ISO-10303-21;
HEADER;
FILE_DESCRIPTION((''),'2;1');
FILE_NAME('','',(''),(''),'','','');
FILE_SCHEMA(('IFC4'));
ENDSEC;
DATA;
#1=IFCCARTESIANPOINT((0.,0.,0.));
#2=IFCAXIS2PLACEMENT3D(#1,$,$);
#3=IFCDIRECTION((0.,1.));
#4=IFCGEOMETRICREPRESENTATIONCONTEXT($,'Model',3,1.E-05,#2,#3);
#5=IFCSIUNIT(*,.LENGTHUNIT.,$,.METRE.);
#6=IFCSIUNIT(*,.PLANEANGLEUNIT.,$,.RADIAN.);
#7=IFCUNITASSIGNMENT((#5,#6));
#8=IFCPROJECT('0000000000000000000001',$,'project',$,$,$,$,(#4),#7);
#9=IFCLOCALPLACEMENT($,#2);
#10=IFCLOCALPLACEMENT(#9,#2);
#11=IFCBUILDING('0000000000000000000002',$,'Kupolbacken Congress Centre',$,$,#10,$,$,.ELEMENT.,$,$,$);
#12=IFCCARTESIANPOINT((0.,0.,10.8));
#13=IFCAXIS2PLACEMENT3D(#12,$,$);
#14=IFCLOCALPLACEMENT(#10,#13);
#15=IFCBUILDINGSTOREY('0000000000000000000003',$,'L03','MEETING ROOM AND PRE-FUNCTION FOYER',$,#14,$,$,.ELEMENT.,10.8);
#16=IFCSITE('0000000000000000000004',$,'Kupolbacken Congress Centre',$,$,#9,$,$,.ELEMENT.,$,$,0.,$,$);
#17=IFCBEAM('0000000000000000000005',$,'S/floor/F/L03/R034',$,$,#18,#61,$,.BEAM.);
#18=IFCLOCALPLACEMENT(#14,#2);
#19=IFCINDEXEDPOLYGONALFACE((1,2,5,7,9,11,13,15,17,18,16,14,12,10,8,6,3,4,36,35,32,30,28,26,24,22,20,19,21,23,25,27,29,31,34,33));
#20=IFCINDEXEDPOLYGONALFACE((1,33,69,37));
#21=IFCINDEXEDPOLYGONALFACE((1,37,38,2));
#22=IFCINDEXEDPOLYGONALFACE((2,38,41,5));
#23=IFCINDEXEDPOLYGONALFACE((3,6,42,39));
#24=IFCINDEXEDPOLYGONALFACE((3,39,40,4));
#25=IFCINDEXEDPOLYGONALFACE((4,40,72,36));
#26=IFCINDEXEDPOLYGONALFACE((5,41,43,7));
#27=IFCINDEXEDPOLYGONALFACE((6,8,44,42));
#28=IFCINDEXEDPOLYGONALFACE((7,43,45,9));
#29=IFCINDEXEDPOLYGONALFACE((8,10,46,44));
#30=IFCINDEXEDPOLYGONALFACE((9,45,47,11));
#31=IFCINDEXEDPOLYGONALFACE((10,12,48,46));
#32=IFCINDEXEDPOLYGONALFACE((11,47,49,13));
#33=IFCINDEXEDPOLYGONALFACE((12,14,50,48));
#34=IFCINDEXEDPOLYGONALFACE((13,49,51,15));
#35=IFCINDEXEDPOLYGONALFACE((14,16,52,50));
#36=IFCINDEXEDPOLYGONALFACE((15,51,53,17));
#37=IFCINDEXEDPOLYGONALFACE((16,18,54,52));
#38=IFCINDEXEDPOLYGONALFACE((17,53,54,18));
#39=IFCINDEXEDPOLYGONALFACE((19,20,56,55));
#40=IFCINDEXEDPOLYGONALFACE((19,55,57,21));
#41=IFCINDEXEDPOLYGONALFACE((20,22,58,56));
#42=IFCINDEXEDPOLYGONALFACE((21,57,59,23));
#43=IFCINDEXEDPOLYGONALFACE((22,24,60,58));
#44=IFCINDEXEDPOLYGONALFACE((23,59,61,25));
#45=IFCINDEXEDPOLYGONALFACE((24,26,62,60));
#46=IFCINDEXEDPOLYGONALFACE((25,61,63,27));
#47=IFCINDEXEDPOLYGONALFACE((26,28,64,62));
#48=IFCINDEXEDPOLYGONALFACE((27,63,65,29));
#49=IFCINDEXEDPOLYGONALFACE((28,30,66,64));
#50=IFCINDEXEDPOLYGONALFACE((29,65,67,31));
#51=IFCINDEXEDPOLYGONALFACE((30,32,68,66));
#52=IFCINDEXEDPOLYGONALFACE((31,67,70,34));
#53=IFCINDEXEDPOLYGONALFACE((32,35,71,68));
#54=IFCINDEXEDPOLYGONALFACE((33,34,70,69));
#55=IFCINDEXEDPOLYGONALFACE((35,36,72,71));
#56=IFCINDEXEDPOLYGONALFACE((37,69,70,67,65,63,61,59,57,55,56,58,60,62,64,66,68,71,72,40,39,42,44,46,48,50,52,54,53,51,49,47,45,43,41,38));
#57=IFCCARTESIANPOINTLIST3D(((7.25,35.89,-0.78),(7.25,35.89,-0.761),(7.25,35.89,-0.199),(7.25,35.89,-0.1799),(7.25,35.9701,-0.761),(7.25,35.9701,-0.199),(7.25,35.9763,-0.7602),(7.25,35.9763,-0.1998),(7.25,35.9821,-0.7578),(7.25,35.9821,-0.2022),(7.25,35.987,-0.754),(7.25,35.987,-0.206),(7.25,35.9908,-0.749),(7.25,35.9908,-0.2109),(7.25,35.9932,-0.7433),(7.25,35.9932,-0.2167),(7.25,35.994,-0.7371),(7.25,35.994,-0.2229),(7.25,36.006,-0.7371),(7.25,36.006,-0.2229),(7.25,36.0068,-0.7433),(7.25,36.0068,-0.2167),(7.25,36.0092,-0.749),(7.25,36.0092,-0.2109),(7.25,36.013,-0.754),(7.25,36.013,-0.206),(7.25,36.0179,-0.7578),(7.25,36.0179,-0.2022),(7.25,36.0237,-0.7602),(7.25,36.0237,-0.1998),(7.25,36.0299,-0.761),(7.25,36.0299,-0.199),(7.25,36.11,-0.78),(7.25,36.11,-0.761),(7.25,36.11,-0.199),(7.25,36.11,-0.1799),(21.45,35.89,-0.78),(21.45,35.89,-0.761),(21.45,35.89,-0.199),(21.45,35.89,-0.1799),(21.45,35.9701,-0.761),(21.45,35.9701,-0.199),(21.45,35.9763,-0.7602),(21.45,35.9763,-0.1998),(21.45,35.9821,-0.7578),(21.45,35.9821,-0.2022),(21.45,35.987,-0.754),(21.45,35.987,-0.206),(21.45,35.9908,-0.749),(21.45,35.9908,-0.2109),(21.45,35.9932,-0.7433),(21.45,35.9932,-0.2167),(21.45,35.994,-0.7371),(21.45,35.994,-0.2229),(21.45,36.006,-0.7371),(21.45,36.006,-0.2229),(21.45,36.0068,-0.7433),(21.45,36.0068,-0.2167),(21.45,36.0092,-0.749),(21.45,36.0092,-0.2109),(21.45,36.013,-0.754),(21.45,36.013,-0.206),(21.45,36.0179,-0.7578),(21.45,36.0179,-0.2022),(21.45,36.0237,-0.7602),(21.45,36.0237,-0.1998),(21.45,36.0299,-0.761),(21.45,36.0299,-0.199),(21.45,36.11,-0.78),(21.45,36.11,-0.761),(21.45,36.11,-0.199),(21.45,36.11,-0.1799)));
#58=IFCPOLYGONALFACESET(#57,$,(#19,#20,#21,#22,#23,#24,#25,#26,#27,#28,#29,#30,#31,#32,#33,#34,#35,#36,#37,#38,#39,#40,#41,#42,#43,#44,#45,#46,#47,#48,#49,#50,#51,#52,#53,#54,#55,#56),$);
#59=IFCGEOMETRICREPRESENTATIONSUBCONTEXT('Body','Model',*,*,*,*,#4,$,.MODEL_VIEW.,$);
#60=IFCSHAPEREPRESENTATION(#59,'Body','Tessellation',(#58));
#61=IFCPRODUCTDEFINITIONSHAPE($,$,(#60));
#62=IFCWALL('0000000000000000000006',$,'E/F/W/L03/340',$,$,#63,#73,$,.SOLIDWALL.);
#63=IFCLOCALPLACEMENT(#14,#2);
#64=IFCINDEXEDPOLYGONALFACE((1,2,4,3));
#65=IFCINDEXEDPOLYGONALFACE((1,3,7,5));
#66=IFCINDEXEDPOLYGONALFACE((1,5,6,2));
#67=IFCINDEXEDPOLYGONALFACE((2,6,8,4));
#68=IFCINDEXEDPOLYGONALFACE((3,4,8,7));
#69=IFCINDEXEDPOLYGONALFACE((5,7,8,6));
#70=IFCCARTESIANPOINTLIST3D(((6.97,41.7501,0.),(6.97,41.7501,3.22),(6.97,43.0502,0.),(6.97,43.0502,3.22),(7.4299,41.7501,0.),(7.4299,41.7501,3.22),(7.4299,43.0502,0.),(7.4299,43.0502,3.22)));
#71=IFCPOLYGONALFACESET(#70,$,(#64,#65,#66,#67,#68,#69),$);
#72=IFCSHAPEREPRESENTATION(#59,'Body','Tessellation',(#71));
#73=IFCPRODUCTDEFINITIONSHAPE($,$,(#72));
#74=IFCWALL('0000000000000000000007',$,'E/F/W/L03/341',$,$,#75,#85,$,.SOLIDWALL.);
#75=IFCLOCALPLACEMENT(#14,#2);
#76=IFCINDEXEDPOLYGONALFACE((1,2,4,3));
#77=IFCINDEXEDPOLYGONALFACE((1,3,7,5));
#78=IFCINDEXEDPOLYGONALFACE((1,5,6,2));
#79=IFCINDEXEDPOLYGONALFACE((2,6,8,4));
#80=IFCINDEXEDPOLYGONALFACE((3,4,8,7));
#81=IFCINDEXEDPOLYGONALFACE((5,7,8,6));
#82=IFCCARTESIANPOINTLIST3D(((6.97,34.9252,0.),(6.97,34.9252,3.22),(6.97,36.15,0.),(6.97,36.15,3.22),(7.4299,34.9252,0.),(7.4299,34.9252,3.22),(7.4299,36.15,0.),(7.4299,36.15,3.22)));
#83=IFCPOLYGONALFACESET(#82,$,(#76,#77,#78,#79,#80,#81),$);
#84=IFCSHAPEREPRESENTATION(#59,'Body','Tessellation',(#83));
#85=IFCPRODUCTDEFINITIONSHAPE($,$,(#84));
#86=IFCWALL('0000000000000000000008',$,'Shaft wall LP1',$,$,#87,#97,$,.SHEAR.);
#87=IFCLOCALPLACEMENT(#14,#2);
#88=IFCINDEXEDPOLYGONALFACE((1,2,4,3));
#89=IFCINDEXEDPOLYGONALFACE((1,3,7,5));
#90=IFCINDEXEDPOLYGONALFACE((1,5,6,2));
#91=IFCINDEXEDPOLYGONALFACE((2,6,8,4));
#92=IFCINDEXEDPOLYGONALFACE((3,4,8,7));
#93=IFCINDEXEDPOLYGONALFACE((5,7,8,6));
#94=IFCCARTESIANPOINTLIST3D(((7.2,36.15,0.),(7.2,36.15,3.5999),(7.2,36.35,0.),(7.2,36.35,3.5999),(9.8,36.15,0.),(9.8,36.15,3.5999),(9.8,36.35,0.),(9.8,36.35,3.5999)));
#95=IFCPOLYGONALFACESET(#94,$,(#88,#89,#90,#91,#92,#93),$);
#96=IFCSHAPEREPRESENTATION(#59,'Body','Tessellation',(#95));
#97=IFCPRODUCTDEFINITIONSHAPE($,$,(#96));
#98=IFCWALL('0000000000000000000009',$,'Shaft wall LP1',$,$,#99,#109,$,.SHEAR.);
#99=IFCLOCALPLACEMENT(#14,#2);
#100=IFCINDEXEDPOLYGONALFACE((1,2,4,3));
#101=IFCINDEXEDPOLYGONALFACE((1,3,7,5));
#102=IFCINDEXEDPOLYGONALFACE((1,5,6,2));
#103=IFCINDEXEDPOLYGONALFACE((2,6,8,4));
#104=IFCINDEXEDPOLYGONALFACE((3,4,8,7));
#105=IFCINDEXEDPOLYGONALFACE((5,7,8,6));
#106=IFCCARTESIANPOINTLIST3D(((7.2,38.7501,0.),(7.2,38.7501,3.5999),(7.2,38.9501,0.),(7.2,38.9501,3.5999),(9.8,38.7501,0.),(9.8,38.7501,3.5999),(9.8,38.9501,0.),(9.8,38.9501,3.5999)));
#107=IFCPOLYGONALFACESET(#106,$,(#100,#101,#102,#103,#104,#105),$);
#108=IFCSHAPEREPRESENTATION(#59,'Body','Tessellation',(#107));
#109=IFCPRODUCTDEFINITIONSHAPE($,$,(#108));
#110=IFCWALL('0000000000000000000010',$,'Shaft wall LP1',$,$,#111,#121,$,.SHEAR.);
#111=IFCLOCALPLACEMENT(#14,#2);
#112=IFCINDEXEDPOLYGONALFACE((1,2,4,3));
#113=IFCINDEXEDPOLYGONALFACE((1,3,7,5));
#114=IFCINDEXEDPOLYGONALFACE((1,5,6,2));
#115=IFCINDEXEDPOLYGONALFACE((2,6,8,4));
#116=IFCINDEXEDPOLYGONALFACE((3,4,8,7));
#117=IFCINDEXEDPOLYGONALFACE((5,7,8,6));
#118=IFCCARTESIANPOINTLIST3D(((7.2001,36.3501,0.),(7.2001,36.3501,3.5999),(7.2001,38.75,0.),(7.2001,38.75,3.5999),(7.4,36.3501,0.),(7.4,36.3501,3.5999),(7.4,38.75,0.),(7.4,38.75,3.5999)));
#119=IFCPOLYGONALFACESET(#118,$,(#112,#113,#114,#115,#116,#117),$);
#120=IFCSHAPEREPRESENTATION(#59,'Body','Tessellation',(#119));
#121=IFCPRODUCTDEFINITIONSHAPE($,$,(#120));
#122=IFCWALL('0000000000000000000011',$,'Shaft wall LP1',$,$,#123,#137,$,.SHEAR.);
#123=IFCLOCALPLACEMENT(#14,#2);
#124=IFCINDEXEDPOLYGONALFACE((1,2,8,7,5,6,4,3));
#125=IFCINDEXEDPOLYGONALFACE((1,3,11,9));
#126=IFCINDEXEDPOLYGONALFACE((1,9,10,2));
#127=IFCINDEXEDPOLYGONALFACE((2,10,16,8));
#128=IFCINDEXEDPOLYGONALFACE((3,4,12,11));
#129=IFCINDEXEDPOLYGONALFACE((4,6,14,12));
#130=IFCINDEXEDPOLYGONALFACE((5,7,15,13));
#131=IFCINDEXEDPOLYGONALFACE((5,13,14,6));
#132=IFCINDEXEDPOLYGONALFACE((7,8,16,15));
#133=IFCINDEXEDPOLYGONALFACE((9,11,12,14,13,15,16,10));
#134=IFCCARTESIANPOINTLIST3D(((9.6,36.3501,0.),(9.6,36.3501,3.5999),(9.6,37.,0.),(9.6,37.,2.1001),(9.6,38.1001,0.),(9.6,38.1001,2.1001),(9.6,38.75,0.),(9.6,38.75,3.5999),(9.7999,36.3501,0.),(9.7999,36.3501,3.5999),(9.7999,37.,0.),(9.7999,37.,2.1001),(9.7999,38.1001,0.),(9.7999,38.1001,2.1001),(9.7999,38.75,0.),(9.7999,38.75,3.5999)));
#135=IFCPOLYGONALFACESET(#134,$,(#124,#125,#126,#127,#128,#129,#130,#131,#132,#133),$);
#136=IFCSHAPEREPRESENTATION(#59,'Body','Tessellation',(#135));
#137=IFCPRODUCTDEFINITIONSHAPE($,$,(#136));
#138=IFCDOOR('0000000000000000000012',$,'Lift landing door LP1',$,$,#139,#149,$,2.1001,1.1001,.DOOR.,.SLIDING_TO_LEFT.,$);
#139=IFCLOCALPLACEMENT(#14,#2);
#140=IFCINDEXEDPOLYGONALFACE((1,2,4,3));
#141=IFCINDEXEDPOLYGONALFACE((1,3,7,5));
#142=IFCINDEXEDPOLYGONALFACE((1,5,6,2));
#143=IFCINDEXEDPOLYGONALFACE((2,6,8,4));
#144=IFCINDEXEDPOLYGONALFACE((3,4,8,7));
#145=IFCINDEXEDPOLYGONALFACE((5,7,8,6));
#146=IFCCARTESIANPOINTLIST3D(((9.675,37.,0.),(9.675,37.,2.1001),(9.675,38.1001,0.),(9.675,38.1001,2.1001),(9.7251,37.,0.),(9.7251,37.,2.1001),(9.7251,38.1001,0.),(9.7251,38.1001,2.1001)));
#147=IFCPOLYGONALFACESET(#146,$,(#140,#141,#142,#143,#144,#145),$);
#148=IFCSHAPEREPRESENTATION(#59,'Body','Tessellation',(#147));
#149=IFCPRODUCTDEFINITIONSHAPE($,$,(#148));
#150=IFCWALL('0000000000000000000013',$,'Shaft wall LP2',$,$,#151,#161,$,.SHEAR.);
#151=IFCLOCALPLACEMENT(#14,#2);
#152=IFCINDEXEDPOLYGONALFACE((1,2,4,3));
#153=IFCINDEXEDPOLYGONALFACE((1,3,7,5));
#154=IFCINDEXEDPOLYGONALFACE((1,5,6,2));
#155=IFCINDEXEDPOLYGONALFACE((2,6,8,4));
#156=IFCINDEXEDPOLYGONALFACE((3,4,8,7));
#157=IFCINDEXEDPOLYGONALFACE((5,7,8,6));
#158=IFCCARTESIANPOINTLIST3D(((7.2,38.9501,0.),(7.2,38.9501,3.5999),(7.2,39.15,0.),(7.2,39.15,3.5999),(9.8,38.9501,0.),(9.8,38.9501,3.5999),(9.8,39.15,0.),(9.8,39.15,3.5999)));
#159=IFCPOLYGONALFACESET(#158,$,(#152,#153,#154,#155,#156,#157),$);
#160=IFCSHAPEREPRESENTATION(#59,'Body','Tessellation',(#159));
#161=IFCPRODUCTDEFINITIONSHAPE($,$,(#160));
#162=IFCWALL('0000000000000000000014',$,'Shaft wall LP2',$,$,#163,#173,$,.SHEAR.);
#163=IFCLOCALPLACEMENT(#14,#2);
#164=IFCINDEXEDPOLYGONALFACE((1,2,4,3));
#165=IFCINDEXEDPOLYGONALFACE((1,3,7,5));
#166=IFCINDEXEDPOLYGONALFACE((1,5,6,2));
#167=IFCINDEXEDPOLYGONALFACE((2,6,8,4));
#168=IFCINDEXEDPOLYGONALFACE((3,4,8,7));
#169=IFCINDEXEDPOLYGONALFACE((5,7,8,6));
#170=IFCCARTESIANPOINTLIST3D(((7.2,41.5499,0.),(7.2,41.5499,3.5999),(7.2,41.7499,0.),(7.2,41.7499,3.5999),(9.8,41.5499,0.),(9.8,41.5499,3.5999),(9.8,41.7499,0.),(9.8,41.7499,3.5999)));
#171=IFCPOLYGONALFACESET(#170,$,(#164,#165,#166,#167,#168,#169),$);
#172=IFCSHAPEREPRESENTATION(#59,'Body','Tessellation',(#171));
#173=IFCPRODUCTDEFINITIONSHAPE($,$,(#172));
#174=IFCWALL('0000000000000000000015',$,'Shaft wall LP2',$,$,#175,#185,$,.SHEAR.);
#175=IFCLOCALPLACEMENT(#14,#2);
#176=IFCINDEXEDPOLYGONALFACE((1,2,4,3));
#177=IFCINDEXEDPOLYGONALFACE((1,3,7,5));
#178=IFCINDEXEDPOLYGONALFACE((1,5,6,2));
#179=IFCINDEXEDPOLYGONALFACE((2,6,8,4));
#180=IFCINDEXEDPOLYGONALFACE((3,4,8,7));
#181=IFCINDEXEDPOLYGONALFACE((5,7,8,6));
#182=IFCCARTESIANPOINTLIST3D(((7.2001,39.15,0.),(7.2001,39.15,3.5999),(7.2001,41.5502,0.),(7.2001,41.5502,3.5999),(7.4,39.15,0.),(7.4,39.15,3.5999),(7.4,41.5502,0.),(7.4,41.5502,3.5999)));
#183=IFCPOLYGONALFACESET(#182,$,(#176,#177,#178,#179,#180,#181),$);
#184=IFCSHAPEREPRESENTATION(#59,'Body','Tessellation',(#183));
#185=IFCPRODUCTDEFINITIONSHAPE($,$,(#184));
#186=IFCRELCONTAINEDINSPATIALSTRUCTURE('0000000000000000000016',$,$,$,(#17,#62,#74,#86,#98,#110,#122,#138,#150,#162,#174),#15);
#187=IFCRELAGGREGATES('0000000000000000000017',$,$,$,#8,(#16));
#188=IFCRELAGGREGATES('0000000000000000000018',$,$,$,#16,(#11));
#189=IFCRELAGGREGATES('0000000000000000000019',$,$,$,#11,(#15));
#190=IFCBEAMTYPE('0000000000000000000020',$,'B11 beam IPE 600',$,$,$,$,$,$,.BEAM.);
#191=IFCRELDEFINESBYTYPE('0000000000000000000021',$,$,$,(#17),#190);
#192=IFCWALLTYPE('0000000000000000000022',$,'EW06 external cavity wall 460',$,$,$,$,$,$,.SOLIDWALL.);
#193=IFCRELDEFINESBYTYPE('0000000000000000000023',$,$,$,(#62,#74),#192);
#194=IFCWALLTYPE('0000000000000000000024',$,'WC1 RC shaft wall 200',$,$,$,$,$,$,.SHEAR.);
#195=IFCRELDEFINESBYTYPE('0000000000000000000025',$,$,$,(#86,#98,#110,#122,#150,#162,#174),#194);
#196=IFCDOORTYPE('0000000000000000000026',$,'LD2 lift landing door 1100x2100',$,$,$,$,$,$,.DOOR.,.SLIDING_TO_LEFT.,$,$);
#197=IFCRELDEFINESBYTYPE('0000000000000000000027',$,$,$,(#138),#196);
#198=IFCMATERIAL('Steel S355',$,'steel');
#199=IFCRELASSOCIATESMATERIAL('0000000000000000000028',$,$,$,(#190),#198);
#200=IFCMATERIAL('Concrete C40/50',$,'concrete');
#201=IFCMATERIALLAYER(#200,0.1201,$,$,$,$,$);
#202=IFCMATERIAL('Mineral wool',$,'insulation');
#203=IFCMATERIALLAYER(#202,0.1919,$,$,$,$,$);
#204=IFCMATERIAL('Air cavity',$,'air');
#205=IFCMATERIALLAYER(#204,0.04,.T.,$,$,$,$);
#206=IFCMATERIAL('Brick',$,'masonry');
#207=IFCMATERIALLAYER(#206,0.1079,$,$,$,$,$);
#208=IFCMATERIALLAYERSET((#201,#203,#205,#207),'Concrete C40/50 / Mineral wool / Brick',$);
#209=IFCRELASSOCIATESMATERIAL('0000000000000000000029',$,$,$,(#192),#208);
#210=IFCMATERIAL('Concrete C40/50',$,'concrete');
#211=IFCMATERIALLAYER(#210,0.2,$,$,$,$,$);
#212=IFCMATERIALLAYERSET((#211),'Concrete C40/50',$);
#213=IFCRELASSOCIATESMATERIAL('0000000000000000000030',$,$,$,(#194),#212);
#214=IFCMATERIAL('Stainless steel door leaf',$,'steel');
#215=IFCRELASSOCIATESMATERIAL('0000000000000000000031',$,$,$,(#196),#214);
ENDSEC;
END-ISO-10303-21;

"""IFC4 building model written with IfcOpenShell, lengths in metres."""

from ifc_helpers import new_model, si_unit, direction, frame, frame_2d, origin, origin_2d, place, context, subcontext, project, spatial, rectangle, i_section, extrude, material, layer, layer_set, material_profile, profile_set, type_object, element, fill, save


model = new_model("IFC4")

# Units and contexts
model_context = context("Model", 3, precision=1e-05, world=origin(), true_north=direction((0.0, 1.0)))
body_context = subcontext(model_context, "Body", "Model", "MODEL_VIEW")
ifc_project = project(units=[si_unit("LENGTHUNIT", "METRE"), si_unit("PLANEANGLEUNIT", "RADIAN")], contexts=[model_context])

# Site, building, storey
site_placement = place(None, origin())
site = spatial("IfcSite", under=ifc_project, at=site_placement, Name="Kupolbacken Congress Centre", CompositionType="ELEMENT", RefElevation=0.0)
building_placement = place(site_placement, origin())
building = spatial("IfcBuilding", under=site, at=building_placement, Name="Kupolbacken Congress Centre", CompositionType="ELEMENT")
storey_placement = place(building_placement, frame((0.0, 0.0, 10.8)))
storey = spatial("IfcBuildingStorey", under=building, at=storey_placement, Name="L03", Description="MEETING ROOM AND PRE-FUNCTION FOYER", CompositionType="ELEMENT", Elevation=10.8)

# Beam
ifc_material_1 = material(Name="Steel S355", Category="steel")
ifc_material_profile_1 = material_profile(ifc_material_1, i_section(OverallWidth=0.22, OverallDepth=0.6001, WebThickness=0.012, FlangeThickness=0.019, FilletRadius=0.0239, at=origin_2d()), Name="IPE 600")
ifc_profile_set_1 = profile_set([ifc_material_profile_1], Name="Steel S355")
beam_type_1 = type_object("IfcBeamType", Name="B11 beam IPE 600", PredefinedType="BEAM", material=ifc_profile_set_1)
beam_1_placement = place(storey_placement, frame((7.25, 36.0, -0.48), z_axis=(1.0, 0.0, 0.0), x_axis=(0.0, 1.0, 0.0)))
element("IfcBeam", 1, at=beam_1_placement, inside=storey, type_object=beam_type_1, Name="S/floor/F/L03/R034", PredefinedType="BEAM", context=body_context, shape_type="SweptSolid", body=[
    extrude(i_section(OverallWidth=0.22, OverallDepth=0.6001, WebThickness=0.012, FlangeThickness=0.019, FilletRadius=0.0239, at=origin_2d()), origin(), (0.0, 0.0, 1.0), 14.2),
])

# Walls
ifc_material_2 = material(Name="Concrete C40/50", Category="concrete")
ifc_layer_1 = layer(ifc_material_2, 0.1201)
ifc_material_3 = material(Name="Mineral wool", Category="insulation")
ifc_layer_2 = layer(ifc_material_3, 0.1919)
ifc_material_4 = material(Name="Air cavity", Category="air")
ifc_layer_3 = layer(ifc_material_4, 0.04, ventilated=True)
ifc_material_5 = material(Name="Brick", Category="masonry")
ifc_layer_4 = layer(ifc_material_5, 0.1079)
ifc_layer_set_1 = layer_set([ifc_layer_1, ifc_layer_2, ifc_layer_3, ifc_layer_4], Name="Concrete C40/50 / Mineral wool / Brick")
wall_type_1 = type_object("IfcWallType", Name="EW06 external cavity wall 460", PredefinedType="SOLIDWALL", material=ifc_layer_set_1)
wall_1_placement = place(storey_placement, frame((7.2, 43.05, 0.0), z_axis=(0.0, 0.0, 1.0), x_axis=(0.0, -1.0, 0.0)))
element("IfcWall", 2, at=wall_1_placement, inside=storey, type_object=wall_type_1, Name="E/F/W/L03/340", PredefinedType="SOLIDWALL", context=body_context, shape_type="SweptSolid", body=[
    extrude(rectangle(XDim=1.3, YDim=0.46, at=frame_2d((0.6499, 0.0))), origin(), (0.0, 0.0, 1.0), 3.22),
])
wall_2_placement = place(storey_placement, frame((7.2, 36.1499, 0.0), z_axis=(0.0, 0.0, 1.0), x_axis=(0.0, -1.0, 0.0)))
element("IfcWall", 3, at=wall_2_placement, inside=storey, type_object=wall_type_1, Name="E/F/W/L03/341", PredefinedType="SOLIDWALL", context=body_context, shape_type="SweptSolid", body=[
    extrude(rectangle(XDim=1.2249, YDim=0.46, at=frame_2d((0.6123, 0.0))), origin(), (0.0, 0.0, 1.0), 3.22),
])
ifc_material_6 = material(Name="Concrete C40/50", Category="concrete")
ifc_layer_5 = layer(ifc_material_6, 0.2)
ifc_layer_set_2 = layer_set([ifc_layer_5], Name="Concrete C40/50")
wall_type_2 = type_object("IfcWallType", Name="WC1 RC shaft wall 200", PredefinedType="SHEAR", material=ifc_layer_set_2)
for number, where, z_axis, x_axis, name in (
    (4, (7.2, 36.25, 0.0), (0.0, 0.0, 1.0), (1.0, 0.0, 0.0), "Shaft wall LP1"),
    (5, (7.2, 38.8501, 0.0), (0.0, 0.0, 1.0), (1.0, 0.0, 0.0), "Shaft wall LP1"),
):
    element("IfcWall", number, at=place(storey_placement, frame(where, z_axis=z_axis, x_axis=x_axis)), inside=storey, type_object=wall_type_2, Name=name, PredefinedType="SHEAR", context=body_context, shape_type="SweptSolid", body=[
        extrude(rectangle(XDim=2.6001, YDim=0.2, at=frame_2d((1.3, 0.0))), origin(), (0.0, 0.0, 1.0), 3.5999),
    ])
wall_3_placement = place(storey_placement, frame((7.3, 36.3501, 0.0), z_axis=(0.0, 0.0, 1.0), x_axis=(0.0, 1.0, 0.0)))
element("IfcWall", 6, at=wall_3_placement, inside=storey, type_object=wall_type_2, Name="Shaft wall LP1", PredefinedType="SHEAR", context=body_context, shape_type="SweptSolid", body=[
    extrude(rectangle(XDim=2.3999, YDim=0.2, at=frame_2d((1.2, 0.0))), origin(), (0.0, 0.0, 1.0), 3.5999),
])

# Wall, opening, door
wall_4_placement = place(storey_placement, frame((9.7, 36.3501, 0.0), z_axis=(0.0, 0.0, 1.0), x_axis=(0.0, 1.0, 0.0)))
wall_4 = element("IfcWall", 7, at=wall_4_placement, inside=storey, type_object=wall_type_2, Name="Shaft wall LP1", PredefinedType="SHEAR", context=body_context, shape_type="SweptSolid", body=[
    extrude(rectangle(XDim=2.3999, YDim=0.2, at=frame_2d((1.2, 0.0))), origin(), (0.0, 0.0, 1.0), 3.5999),
])
opening_1_placement = place(wall_4_placement, frame((0.6499, 0.0, 0.0)))
opening_1 = element("IfcOpeningElement", 8, at=opening_1_placement, cuts=wall_4, PredefinedType="OPENING", context=body_context, shape_type="SweptSolid", body=[
    extrude(rectangle(XDim=1.1001, YDim=2.1001, at=frame_2d((0.55, 1.05))), frame((0.0, 0.1099, 0.0), z_axis=(0.0, -1.0, 0.0), x_axis=(1.0, 0.0, 0.0)), (0.0, 0.0, 1.0), 0.22),
])
ifc_material_7 = material(Name="Stainless steel door leaf", Category="steel")
door_type = type_object("IfcDoorType", Name="LD2 lift landing door 1100x2100", OperationType="SLIDING_TO_LEFT", PredefinedType="DOOR", material=ifc_material_7)
door_1_placement = place(opening_1_placement, origin())
door_1 = element("IfcDoor", 9, at=door_1_placement, inside=storey, type_object=door_type, Name="Lift landing door LP1", OperationType="SLIDING_TO_LEFT", OverallHeight=2.1001, OverallWidth=1.1001, PredefinedType="DOOR", context=body_context, shape_type="SweptSolid", body=[
    extrude(rectangle(XDim=1.1001, YDim=2.1001, at=frame_2d((0.55, 1.05))), frame((0.0, 0.0249, 0.0), z_axis=(0.0, -1.0, 0.0), x_axis=(1.0, 0.0, 0.0)), (0.0, 0.0, 1.0), 0.05),
])
fill(opening_1, door_1)

# Walls
for number, where, z_axis, x_axis, name in (
    (10, (7.2, 39.05, 0.0), (0.0, 0.0, 1.0), (1.0, 0.0, 0.0), "Shaft wall LP2"),
    (11, (7.2, 41.6499, 0.0), (0.0, 0.0, 1.0), (1.0, 0.0, 0.0), "Shaft wall LP2"),
):
    element("IfcWall", number, at=place(storey_placement, frame(where, z_axis=z_axis, x_axis=x_axis)), inside=storey, type_object=wall_type_2, Name=name, PredefinedType="SHEAR", context=body_context, shape_type="SweptSolid", body=[
        extrude(rectangle(XDim=2.6001, YDim=0.2, at=frame_2d((1.3, 0.0))), origin(), (0.0, 0.0, 1.0), 3.5999),
    ])
wall_5_placement = place(storey_placement, frame((7.3, 39.1499, 0.0), z_axis=(0.0, 0.0, 1.0), x_axis=(0.0, 1.0, 0.0)))
element("IfcWall", 12, at=wall_5_placement, inside=storey, type_object=wall_type_2, Name="Shaft wall LP2", PredefinedType="SHEAR", context=body_context, shape_type="SweptSolid", body=[
    extrude(rectangle(XDim=2.4001, YDim=0.2, at=frame_2d((1.2002, 0.0))), origin(), (0.0, 0.0, 1.0), 3.5999),
])

save(model, "model.ifc")
